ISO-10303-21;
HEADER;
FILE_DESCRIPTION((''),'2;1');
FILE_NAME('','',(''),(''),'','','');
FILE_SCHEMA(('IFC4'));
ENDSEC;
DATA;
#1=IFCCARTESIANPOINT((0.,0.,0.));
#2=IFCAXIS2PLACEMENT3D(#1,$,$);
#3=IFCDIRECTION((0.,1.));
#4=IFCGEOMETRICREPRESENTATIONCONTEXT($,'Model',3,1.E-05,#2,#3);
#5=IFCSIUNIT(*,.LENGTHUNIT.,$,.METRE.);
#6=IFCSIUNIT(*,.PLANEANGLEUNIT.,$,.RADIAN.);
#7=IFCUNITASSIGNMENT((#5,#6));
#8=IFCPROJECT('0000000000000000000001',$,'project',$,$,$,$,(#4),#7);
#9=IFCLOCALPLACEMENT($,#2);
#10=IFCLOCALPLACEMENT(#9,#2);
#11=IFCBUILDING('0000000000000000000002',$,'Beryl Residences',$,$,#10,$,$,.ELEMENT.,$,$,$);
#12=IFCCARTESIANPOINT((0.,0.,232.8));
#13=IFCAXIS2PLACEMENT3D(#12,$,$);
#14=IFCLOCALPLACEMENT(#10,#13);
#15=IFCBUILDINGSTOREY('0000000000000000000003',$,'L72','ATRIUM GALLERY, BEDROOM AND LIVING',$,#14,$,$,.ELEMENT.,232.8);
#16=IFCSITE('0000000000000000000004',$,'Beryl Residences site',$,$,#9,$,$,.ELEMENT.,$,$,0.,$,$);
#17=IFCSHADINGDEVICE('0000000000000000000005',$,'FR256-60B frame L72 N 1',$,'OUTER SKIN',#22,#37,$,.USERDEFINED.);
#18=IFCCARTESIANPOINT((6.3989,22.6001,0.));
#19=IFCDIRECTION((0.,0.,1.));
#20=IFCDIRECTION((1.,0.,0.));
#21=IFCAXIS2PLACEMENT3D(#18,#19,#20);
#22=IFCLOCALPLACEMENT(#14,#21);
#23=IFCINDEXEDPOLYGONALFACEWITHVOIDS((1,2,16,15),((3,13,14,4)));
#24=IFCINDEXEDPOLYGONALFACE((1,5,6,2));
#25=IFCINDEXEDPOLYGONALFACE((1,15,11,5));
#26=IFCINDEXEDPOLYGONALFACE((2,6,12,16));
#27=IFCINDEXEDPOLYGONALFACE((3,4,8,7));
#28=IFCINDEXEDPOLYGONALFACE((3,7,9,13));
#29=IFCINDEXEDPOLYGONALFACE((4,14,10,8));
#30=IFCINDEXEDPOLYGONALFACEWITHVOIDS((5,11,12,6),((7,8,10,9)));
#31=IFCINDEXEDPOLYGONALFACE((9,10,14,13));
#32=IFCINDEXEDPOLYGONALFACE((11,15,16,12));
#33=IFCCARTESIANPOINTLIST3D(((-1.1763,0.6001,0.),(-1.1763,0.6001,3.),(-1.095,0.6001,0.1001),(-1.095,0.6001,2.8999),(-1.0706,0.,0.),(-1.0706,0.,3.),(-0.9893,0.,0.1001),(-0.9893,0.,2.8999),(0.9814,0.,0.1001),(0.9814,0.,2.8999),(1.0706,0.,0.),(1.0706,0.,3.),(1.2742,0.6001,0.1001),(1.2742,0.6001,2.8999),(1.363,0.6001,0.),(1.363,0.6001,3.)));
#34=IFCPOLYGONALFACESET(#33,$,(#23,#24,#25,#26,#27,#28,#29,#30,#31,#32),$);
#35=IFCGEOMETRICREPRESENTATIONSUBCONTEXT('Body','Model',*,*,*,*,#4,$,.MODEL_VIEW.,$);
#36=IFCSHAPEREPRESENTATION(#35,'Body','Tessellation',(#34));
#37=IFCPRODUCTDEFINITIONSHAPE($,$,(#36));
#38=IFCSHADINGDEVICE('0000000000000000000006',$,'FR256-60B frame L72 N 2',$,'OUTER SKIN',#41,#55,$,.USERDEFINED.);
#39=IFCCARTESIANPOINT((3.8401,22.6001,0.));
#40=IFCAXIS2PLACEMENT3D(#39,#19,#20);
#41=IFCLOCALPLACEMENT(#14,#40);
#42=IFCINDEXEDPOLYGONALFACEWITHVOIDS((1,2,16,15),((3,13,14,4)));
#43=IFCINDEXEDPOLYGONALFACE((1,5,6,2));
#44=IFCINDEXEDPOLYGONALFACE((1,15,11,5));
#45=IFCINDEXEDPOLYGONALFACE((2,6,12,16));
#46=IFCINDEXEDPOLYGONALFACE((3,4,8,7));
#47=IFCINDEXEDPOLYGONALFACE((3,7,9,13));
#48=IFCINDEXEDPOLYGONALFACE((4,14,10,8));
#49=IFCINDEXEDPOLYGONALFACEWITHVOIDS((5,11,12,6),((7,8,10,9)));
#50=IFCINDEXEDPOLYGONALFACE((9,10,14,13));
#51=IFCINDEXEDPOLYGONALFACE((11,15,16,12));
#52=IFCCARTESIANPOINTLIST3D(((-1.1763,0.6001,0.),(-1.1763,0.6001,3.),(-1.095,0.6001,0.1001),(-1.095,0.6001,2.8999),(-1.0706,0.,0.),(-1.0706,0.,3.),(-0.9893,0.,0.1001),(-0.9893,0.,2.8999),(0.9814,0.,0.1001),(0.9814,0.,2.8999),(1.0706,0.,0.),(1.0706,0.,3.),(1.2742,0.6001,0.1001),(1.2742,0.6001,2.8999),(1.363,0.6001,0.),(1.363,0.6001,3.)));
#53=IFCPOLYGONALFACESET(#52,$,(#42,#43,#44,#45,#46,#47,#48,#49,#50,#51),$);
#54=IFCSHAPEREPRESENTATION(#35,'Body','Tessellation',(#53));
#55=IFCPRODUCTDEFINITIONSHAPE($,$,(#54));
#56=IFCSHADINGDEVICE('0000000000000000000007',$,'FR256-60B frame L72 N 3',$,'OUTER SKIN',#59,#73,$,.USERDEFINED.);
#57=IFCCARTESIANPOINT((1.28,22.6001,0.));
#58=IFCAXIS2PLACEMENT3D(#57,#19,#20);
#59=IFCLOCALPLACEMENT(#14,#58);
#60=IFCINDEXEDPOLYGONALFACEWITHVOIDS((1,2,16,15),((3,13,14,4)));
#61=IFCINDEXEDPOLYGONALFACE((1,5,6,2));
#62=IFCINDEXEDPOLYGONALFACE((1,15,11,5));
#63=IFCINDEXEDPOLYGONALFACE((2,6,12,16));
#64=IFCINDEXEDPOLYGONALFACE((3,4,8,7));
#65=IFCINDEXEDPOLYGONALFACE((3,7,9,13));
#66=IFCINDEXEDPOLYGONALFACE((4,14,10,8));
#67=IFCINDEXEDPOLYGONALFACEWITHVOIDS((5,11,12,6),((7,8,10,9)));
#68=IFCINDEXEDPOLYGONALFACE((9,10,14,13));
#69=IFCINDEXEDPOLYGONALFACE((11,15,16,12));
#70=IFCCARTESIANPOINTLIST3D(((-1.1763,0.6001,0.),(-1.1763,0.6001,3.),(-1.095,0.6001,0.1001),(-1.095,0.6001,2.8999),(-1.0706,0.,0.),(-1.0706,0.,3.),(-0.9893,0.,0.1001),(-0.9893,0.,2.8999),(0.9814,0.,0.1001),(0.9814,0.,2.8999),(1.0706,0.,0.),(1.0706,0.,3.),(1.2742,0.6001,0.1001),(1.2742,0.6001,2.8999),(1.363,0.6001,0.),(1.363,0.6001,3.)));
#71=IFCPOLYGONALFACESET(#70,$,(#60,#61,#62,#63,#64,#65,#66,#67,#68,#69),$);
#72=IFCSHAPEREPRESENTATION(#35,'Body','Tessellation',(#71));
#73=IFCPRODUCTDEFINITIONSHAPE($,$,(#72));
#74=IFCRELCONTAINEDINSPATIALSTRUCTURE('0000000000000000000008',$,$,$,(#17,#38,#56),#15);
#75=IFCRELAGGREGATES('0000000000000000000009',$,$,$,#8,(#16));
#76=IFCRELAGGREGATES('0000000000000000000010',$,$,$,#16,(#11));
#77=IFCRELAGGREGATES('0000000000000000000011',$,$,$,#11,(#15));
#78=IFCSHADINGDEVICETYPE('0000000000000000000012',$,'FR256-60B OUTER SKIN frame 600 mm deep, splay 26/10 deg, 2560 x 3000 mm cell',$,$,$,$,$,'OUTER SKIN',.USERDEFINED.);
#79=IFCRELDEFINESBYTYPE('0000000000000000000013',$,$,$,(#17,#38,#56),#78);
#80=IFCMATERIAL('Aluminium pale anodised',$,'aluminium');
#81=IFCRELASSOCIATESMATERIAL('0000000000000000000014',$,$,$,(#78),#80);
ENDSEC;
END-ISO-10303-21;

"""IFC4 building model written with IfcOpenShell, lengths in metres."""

from ifc_helpers import new_model, entity, si_unit, direction, frame, origin, place, context, subcontext, project, spatial, source, transform, mapped, material, type_object, type_shapes, element, save


model = new_model("IFC4")

# Units and contexts
model_context = context("Model", 3, precision=1e-05, world=origin(), true_north=direction((0.0, 1.0)))
body_context = subcontext(model_context, "Body", "Model", "MODEL_VIEW")
ifc_project = project(units=[si_unit("LENGTHUNIT", "METRE"), si_unit("PLANEANGLEUNIT", "RADIAN")], contexts=[model_context])

# Site, building, storey
site_placement = place(None, origin())
site = spatial("IfcSite", under=ifc_project, at=site_placement, Name="Beryl Residences site", CompositionType="ELEMENT", RefElevation=0.0)
building_placement = place(site_placement, origin())
building = spatial("IfcBuilding", under=site, at=building_placement, Name="Beryl Residences", CompositionType="ELEMENT")
storey_placement = place(building_placement, frame((0.0, 0.0, 232.8)))
storey = spatial("IfcBuildingStorey", under=building, at=storey_placement, Name="L72", Description="ATRIUM GALLERY, BEDROOM AND LIVING", CompositionType="ELEMENT", Elevation=232.8)

# Shading devices
ifc_material_1 = material(Name="Aluminium pale anodised", Category="aluminium")
shading_device_type = type_object("IfcShadingDeviceType", Name="FR256-60B OUTER SKIN frame 600 mm deep, splay 26/10 deg, 2560 x 3000 mm cell", ElementType="OUTER SKIN", PredefinedType="USERDEFINED", material=ifc_material_1)
cartesian_point_1 = entity("IfcCartesianPoint", [-1.0706, 0.0])
cartesian_point_2 = entity("IfcCartesianPoint", [-0.9814, 0.1001])
cartesian_point_3 = entity("IfcCartesianPoint", [-1.363, 0.0])
cartesian_point_4 = entity("IfcCartesianPoint", [-1.2742, 0.1001])
shared_shape_1 = source(origin(), body_context, "Body", "SweptSolid", [
    entity("IfcExtrudedAreaSolidTapered", entity("IfcArbitraryProfileDefWithVoids", "AREA", None, entity("IfcPolyline", [cartesian_point_1, entity("IfcCartesianPoint", [1.0706, 0.0]), entity("IfcCartesianPoint", [1.0706, 3.0]), entity("IfcCartesianPoint", [-1.0706, 3.0]), cartesian_point_1]), [entity("IfcPolyline", [cartesian_point_2, entity("IfcCartesianPoint", [0.9893, 0.1001]), entity("IfcCartesianPoint", [0.9893, 2.8999]), entity("IfcCartesianPoint", [-0.9814, 2.8999]), cartesian_point_2])]), entity("IfcAxis2Placement3D", entity("IfcCartesianPoint", [0.0, 0.0, 0.0]), entity("IfcDirection", [0.0, 1.0, 0.0]), entity("IfcDirection", [-1.0, 0.0, 0.0])), entity("IfcDirection", [0.0, 0.0, 1.0]), 0.6001, entity("IfcArbitraryProfileDefWithVoids", "AREA", None, entity("IfcPolyline", [cartesian_point_3, entity("IfcCartesianPoint", [1.1763, 0.0]), entity("IfcCartesianPoint", [1.1763, 3.0]), entity("IfcCartesianPoint", [-1.363, 3.0]), cartesian_point_3]), [entity("IfcPolyline", [cartesian_point_4, entity("IfcCartesianPoint", [1.095, 0.1001]), entity("IfcCartesianPoint", [1.095, 2.8999]), entity("IfcCartesianPoint", [-1.2742, 2.8999]), cartesian_point_4])])),
])
type_shapes(shading_device_type, [shared_shape_1])
for number, where, z_axis, x_axis, name in (
    (1, (6.3989, 22.6001, 0.0), (0.0, 0.0, 1.0), (1.0, 0.0, 0.0), "FR256-60B frame L72 N 1"),
    (2, (3.8401, 22.6001, 0.0), (0.0, 0.0, 1.0), (1.0, 0.0, 0.0), "FR256-60B frame L72 N 2"),
    (3, (1.28, 22.6001, 0.0), (0.0, 0.0, 1.0), (1.0, 0.0, 0.0), "FR256-60B frame L72 N 3"),
):
    element("IfcShadingDevice", number, at=place(storey_placement, frame(where, z_axis=z_axis, x_axis=x_axis)), inside=storey, type_object=shading_device_type, Name=name, ObjectType="OUTER SKIN", PredefinedType="USERDEFINED", context=body_context, shape_type="MappedRepresentation", body=[
        mapped(shared_shape_1, transform((0.0, 0.0, 0.0))),
    ])

save(model, "model.ifc")
